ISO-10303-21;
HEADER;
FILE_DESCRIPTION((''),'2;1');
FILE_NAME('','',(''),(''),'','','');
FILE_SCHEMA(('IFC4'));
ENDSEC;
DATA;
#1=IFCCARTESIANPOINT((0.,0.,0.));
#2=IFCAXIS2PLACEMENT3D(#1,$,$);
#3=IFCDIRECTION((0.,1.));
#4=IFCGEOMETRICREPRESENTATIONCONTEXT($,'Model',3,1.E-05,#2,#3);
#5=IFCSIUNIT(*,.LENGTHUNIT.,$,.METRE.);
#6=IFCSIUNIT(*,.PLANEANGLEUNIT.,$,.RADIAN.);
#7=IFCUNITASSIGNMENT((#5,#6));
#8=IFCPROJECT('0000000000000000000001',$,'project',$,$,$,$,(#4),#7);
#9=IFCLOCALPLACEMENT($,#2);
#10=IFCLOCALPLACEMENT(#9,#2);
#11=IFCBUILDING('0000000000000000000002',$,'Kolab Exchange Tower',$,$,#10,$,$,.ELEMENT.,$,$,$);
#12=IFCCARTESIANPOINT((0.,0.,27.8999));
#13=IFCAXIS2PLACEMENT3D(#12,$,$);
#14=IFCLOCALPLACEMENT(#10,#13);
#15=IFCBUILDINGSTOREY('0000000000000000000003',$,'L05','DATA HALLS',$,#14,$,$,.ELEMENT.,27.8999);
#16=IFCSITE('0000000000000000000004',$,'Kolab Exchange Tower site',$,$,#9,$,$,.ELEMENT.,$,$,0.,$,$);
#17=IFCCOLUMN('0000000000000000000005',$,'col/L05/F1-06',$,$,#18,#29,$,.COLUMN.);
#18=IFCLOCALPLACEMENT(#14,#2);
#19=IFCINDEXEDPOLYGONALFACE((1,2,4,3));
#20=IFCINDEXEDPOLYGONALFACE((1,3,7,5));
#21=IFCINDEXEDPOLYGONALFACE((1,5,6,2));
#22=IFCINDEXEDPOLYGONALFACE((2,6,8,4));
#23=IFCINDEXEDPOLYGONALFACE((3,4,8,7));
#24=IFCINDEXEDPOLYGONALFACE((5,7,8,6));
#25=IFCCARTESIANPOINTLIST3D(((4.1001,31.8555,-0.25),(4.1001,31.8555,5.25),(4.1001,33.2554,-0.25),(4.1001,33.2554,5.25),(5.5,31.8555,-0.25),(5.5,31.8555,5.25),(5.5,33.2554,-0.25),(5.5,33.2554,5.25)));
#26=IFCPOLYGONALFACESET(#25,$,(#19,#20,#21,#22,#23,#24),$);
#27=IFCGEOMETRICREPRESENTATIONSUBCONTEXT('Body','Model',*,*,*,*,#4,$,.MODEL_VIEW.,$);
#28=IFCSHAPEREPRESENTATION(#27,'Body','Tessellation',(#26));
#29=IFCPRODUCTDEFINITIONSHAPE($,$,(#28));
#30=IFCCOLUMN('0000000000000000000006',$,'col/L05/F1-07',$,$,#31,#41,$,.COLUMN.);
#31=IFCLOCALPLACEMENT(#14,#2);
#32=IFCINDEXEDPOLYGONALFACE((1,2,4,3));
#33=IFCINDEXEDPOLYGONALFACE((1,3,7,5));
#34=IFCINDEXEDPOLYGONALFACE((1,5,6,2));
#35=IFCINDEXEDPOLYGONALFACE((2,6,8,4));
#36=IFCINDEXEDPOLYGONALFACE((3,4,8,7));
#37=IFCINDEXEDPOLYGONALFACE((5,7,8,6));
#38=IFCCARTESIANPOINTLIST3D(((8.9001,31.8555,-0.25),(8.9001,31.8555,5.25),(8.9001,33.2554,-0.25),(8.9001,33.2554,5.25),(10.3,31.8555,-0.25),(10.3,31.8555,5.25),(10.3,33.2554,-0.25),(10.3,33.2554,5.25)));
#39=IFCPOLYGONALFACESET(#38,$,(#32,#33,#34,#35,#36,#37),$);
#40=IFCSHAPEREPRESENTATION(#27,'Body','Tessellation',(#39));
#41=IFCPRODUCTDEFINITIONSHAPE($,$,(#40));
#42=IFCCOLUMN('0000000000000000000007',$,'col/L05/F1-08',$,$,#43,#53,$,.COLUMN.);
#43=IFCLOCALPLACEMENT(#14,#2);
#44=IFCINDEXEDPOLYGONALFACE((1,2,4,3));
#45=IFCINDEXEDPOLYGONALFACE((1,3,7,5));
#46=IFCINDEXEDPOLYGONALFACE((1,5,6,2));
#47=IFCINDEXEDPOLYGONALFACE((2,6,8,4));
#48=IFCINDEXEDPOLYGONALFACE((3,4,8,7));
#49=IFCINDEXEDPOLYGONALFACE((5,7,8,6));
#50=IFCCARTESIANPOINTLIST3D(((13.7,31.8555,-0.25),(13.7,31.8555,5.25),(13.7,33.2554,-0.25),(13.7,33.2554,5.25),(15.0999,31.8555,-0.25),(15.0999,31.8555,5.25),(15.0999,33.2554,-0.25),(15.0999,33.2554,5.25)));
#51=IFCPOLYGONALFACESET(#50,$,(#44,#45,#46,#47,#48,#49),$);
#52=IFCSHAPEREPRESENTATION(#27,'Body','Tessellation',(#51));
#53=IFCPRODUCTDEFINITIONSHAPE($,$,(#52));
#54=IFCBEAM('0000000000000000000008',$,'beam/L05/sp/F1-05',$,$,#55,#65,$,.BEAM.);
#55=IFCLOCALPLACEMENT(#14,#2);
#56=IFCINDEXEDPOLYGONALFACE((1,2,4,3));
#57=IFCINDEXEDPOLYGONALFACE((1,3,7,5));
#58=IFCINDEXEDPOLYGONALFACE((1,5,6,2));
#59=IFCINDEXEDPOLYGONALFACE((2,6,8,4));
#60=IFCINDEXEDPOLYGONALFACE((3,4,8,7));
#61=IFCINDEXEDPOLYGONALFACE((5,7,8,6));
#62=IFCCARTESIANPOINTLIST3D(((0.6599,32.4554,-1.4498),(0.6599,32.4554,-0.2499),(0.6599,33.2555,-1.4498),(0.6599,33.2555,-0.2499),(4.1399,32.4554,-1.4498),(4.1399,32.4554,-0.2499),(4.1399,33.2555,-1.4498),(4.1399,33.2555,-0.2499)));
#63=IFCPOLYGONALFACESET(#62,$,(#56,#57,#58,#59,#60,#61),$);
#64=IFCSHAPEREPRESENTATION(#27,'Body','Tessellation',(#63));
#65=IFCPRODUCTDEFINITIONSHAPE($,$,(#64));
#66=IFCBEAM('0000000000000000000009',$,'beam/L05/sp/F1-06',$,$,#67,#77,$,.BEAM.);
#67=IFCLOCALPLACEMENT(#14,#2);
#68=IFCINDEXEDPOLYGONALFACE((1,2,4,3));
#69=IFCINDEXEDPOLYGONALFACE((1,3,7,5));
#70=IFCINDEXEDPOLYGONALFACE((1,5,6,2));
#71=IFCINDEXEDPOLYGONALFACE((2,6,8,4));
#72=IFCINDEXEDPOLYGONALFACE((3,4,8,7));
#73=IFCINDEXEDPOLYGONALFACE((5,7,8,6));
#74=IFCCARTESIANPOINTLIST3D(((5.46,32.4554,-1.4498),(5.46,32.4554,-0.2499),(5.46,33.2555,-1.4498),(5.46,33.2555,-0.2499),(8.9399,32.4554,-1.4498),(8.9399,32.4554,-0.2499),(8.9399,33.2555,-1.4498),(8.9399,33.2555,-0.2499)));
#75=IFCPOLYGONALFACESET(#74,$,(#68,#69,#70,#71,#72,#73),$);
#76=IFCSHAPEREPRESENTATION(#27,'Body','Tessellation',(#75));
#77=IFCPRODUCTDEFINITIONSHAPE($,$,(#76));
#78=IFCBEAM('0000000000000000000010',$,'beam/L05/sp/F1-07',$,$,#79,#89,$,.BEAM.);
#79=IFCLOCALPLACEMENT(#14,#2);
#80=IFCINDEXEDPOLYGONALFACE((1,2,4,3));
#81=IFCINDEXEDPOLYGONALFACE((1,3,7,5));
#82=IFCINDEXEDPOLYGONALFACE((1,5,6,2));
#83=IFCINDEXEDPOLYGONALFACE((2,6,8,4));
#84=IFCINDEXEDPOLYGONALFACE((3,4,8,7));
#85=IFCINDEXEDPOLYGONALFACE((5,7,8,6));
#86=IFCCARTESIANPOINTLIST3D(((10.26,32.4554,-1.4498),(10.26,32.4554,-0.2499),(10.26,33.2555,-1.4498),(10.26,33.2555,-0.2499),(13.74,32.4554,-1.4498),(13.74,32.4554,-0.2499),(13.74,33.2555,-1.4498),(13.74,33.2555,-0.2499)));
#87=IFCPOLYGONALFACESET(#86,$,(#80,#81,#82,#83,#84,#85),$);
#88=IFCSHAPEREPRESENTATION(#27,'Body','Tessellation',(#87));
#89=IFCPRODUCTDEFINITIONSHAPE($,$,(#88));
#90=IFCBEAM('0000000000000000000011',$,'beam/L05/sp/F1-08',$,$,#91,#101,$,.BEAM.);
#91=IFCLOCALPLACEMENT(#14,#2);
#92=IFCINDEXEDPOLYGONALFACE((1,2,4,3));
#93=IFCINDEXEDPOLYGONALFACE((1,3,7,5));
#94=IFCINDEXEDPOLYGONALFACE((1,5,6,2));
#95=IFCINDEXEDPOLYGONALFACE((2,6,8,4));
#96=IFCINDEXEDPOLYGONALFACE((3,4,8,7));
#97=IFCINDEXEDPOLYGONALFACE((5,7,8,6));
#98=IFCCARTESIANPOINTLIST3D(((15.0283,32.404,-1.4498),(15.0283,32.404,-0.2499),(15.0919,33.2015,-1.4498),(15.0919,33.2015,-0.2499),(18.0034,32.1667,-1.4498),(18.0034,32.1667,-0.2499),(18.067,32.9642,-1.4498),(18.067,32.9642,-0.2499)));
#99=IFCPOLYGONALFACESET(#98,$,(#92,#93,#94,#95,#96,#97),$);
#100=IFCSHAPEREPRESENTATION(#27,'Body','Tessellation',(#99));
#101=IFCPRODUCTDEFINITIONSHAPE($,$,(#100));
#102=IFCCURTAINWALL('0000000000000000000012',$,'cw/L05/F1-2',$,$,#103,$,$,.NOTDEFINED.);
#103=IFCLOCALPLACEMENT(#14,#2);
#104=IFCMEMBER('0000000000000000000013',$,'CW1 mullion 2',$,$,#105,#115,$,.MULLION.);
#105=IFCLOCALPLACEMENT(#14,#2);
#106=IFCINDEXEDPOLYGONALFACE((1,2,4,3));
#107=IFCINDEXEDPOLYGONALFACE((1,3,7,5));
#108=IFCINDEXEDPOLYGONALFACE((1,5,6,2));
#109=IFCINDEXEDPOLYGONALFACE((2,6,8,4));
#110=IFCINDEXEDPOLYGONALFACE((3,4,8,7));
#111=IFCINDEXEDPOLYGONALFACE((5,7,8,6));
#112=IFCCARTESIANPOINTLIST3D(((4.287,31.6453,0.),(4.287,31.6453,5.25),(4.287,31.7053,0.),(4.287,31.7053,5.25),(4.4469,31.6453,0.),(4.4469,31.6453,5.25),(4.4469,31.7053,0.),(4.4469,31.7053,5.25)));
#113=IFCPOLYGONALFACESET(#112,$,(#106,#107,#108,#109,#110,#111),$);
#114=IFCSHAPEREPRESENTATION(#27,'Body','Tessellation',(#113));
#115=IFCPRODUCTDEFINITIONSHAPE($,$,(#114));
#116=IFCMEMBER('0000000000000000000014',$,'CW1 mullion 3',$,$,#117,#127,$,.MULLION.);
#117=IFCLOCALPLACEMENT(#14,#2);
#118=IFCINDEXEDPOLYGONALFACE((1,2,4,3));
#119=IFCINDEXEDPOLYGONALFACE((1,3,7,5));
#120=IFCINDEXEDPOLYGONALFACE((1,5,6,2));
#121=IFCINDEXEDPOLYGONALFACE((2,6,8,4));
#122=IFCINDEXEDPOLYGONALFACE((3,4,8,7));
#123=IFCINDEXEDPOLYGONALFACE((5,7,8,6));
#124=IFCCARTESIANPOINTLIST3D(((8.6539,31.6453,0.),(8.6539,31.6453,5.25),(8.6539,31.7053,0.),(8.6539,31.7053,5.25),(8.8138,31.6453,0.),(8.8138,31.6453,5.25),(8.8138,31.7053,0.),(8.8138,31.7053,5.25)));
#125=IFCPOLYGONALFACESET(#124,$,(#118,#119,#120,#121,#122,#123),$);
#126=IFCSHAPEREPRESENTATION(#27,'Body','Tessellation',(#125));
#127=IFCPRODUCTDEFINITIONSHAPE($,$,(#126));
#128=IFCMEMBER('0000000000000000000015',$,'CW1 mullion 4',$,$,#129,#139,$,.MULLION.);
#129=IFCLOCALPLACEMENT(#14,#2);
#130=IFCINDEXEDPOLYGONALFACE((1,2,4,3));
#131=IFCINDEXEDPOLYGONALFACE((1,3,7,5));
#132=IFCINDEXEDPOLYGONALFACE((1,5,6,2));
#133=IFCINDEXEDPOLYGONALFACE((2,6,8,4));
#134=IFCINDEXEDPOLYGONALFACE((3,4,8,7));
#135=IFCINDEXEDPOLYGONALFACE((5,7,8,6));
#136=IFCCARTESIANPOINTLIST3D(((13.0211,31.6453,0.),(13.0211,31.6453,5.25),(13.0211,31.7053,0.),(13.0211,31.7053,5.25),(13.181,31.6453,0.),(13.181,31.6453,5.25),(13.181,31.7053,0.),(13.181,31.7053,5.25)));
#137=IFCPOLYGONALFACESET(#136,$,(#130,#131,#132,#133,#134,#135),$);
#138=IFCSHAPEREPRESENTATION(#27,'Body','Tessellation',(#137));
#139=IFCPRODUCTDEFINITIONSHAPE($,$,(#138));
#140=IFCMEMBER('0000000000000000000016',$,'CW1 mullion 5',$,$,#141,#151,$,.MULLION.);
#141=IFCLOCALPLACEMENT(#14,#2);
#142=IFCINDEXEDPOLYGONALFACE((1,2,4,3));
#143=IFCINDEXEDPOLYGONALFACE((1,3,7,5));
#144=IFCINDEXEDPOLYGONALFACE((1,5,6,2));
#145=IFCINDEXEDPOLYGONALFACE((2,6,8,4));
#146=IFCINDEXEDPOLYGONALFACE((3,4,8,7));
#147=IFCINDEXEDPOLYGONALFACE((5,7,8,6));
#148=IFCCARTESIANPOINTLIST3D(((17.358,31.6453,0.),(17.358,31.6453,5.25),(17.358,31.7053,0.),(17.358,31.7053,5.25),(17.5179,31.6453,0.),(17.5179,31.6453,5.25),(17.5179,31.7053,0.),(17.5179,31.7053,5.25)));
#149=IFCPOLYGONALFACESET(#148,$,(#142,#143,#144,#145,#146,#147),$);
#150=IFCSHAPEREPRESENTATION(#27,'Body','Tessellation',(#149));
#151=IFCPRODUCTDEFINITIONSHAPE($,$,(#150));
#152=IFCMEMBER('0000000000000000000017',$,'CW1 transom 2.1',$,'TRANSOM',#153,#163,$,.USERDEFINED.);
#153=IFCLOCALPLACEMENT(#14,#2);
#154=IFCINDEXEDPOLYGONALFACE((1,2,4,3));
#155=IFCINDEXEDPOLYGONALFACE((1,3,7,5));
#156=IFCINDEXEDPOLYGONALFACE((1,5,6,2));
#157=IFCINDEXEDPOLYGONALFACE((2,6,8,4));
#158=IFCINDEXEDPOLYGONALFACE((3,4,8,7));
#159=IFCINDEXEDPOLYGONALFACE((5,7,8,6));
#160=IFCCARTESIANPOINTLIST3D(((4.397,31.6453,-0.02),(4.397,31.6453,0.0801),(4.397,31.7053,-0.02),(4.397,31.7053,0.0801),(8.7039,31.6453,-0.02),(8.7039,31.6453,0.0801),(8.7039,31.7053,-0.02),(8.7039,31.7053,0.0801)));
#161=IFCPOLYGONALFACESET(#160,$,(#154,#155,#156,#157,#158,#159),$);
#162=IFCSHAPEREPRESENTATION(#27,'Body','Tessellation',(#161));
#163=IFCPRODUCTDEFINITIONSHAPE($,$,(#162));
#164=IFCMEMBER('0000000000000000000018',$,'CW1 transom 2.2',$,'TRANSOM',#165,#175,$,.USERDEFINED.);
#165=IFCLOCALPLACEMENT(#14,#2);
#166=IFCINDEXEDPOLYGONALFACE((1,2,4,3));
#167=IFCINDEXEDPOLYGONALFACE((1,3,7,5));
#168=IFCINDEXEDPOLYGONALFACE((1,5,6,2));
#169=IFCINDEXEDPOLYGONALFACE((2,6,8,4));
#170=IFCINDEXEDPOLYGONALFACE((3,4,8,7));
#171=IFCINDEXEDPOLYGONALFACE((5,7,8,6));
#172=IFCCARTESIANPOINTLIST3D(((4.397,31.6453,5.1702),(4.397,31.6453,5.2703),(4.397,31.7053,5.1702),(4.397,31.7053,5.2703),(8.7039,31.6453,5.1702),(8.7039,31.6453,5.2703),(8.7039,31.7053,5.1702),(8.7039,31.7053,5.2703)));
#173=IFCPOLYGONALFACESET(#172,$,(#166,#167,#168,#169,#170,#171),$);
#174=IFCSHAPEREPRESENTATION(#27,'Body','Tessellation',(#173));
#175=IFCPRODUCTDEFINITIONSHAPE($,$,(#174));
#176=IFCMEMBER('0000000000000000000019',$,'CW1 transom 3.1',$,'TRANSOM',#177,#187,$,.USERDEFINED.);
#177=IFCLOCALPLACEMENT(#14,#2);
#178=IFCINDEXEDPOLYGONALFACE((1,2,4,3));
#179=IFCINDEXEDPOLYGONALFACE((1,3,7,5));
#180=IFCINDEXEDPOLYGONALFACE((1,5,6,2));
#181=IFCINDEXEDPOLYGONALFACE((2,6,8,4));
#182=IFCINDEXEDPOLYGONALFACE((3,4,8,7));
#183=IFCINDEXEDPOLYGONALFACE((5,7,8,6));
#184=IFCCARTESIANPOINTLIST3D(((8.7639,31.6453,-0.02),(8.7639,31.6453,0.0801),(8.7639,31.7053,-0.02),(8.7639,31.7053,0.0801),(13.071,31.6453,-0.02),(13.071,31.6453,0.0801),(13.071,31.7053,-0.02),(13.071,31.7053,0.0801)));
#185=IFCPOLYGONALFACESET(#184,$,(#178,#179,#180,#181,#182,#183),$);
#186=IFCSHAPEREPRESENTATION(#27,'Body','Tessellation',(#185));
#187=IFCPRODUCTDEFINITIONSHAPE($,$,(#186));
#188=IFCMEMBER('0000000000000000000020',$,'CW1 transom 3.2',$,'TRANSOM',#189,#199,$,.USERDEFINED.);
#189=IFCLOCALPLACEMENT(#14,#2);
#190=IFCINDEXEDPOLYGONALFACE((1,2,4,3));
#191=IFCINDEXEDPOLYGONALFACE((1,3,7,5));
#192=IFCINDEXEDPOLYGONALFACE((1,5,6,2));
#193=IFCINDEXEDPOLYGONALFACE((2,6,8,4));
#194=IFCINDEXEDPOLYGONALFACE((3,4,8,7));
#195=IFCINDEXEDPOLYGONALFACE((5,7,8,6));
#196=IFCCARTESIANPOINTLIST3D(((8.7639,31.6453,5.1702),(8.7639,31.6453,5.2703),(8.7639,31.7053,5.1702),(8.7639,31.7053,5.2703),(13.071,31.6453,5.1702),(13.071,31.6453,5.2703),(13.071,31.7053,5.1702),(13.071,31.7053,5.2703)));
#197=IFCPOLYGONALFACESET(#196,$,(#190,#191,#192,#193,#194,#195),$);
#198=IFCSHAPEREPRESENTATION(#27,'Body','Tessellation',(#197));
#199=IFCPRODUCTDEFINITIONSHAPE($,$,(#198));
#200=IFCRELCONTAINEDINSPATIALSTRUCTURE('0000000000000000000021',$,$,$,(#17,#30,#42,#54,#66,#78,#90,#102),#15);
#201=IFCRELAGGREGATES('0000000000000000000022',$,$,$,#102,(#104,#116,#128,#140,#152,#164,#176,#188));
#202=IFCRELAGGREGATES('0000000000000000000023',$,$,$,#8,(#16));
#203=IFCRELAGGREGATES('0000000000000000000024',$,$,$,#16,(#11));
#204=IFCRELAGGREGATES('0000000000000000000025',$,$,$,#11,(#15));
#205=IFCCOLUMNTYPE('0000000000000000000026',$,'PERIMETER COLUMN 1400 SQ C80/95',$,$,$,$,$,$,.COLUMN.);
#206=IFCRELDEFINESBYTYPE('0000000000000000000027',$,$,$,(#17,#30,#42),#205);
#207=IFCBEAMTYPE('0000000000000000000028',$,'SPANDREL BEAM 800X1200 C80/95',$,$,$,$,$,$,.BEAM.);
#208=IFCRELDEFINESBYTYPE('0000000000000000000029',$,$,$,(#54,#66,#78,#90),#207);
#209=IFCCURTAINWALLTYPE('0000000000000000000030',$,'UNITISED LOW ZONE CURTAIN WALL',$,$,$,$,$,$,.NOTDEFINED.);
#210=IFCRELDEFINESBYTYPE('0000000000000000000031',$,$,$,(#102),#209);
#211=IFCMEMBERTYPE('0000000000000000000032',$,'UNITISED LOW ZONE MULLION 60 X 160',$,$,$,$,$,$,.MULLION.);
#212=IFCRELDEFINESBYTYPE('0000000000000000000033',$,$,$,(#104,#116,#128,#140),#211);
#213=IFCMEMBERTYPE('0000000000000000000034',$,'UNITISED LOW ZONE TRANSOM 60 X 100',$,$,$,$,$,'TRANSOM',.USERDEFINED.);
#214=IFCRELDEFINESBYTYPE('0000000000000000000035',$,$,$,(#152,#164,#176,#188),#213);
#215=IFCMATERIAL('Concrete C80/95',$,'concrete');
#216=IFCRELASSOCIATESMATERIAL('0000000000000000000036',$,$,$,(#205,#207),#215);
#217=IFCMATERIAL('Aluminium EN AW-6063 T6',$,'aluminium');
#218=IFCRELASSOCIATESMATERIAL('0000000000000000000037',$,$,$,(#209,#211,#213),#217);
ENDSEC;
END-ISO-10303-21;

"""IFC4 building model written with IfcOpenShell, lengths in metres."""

from ifc_helpers import new_model, si_unit, direction, frame, origin, origin_2d, place, context, subcontext, project, spatial, rectangle, extrude, material, material_profile, profile_set, type_object, element, aggregate, save


model = new_model("IFC4")

# Units and contexts
model_context = context("Model", 3, precision=1e-05, world=origin(), true_north=direction((0.0, 1.0)))
body_context = subcontext(model_context, "Body", "Model", "MODEL_VIEW")
ifc_project = project(units=[si_unit("LENGTHUNIT", "METRE"), si_unit("PLANEANGLEUNIT", "RADIAN")], contexts=[model_context])

# Site, building, storey
site_placement = place(None, origin())
site = spatial("IfcSite", under=ifc_project, at=site_placement, Name="Kolab Exchange Tower site", CompositionType="ELEMENT", RefElevation=0.0)
building_placement = place(site_placement, origin())
building = spatial("IfcBuilding", under=site, at=building_placement, Name="Kolab Exchange Tower", CompositionType="ELEMENT")
storey_placement = place(building_placement, frame((0.0, 0.0, 27.8999)))
storey = spatial("IfcBuildingStorey", under=building, at=storey_placement, Name="L05", Description="DATA HALLS", CompositionType="ELEMENT", Elevation=27.8999)

# Columns
ifc_material_1 = material(Name="Concrete C80/95", Category="concrete")
ifc_material_profile_1 = material_profile(ifc_material_1, rectangle(XDim=1.3999, YDim=1.3999, at=origin_2d()), Name="RC1400")
ifc_profile_set_1 = profile_set([ifc_material_profile_1], Name="Concrete C80/95")
column_type = type_object("IfcColumnType", Name="PERIMETER COLUMN 1400 SQ C80/95", PredefinedType="COLUMN", material=ifc_profile_set_1)
for number, where, z_axis, x_axis, name in (
    (1, (4.8, 32.5554, -0.25), (0.0, 0.0, 1.0), (1.0, 0.0, 0.0), "col/L05/F1-06"),
    (2, (9.6001, 32.5554, -0.25), (0.0, 0.0, 1.0), (1.0, 0.0, 0.0), "col/L05/F1-07"),
    (3, (14.3999, 32.5554, -0.25), (0.0, 0.0, 1.0), (1.0, 0.0, 0.0), "col/L05/F1-08"),
):
    element("IfcColumn", number, at=place(storey_placement, frame(where, z_axis=z_axis, x_axis=x_axis)), inside=storey, type_object=column_type, Name=name, PredefinedType="COLUMN", context=body_context, shape_type="SweptSolid", body=[
        extrude(rectangle(XDim=1.3999, YDim=1.3999, at=origin_2d()), origin(), (0.0, 0.0, 1.0), 5.5),
    ])

# Beams
ifc_material_profile_2 = material_profile(ifc_material_1, rectangle(XDim=0.8, YDim=1.2, at=origin_2d()), Name="RC800X1200")
ifc_profile_set_2 = profile_set([ifc_material_profile_2], Name="Concrete C80/95")
beam_type = type_object("IfcBeamType", Name="SPANDREL BEAM 800X1200 C80/95", PredefinedType="BEAM", material=ifc_profile_set_2)
for number, where, z_axis, x_axis, name in (
    (4, (0.6599, 32.8555, -0.8499), (1.0, 0.0, 0.0), (0.0, 1.0, 0.0), "beam/L05/sp/F1-05"),
    (5, (5.46, 32.8555, -0.8499), (1.0, 0.0, 0.0), (0.0, 1.0, 0.0), "beam/L05/sp/F1-06"),
    (6, (10.26, 32.8555, -0.8499), (1.0, 0.0, 0.0), (0.0, 1.0, 0.0), "beam/L05/sp/F1-07"),
):
    element("IfcBeam", number, at=place(storey_placement, frame(where, z_axis=z_axis, x_axis=x_axis)), inside=storey, type_object=beam_type, Name=name, PredefinedType="BEAM", context=body_context, shape_type="SweptSolid", body=[
        extrude(rectangle(XDim=0.8, YDim=1.2, at=origin_2d()), origin(), (0.0, 0.0, 1.0), 3.48),
    ])
beam_placement = place(storey_placement, frame((15.0601, 32.8027, -0.8499), z_axis=(0.996834, -0.079511, 0.0), x_axis=(0.079511, 0.996834, 0.0)))
element("IfcBeam", 7, at=beam_placement, inside=storey, type_object=beam_type, Name="beam/L05/sp/F1-08", PredefinedType="BEAM", context=body_context, shape_type="SweptSolid", body=[
    extrude(rectangle(XDim=0.8, YDim=1.2, at=origin_2d()), origin(), (0.0, 0.0, 1.0), 2.9846),
])

# Curtain wall, members
ifc_material_2 = material(Name="Aluminium EN AW-6063 T6", Category="aluminium")
curtain_wall_type = type_object("IfcCurtainWallType", Name="UNITISED LOW ZONE CURTAIN WALL", PredefinedType="NOTDEFINED", material=ifc_material_2)
curtain_wall_placement = place(storey_placement, origin())
curtain_wall = element("IfcCurtainWall", 8, at=curtain_wall_placement, inside=storey, type_object=curtain_wall_type, Name="cw/L05/F1-2", PredefinedType="NOTDEFINED")
ifc_material_profile_3 = material_profile(ifc_material_2, rectangle(XDim=0.0601, YDim=0.1599, at=origin_2d()), Name="RECT 60X160")
ifc_profile_set_3 = profile_set([ifc_material_profile_3], Name="Aluminium EN AW-6063 T6")
member_type_1 = type_object("IfcMemberType", Name="UNITISED LOW ZONE MULLION 60 X 160", PredefinedType="MULLION", material=ifc_profile_set_3)
member_1_placement = place(storey_placement, frame((4.3669, 31.6753, 0.0), z_axis=(0.0, 0.0, 1.0), x_axis=(0.0, 1.0, 0.0)))
member_1 = element("IfcMember", 9, at=member_1_placement, type_object=member_type_1, Name="CW1 mullion 2", PredefinedType="MULLION", context=body_context, shape_type="SweptSolid", body=[
    extrude(rectangle(XDim=0.0601, YDim=0.1599, at=origin_2d()), origin(), (0.0, 0.0, 1.0), 5.25),
])
member_2_placement = place(storey_placement, frame((8.7339, 31.6753, 0.0), z_axis=(0.0, 0.0, 1.0), x_axis=(0.0, 1.0, 0.0)))
member_2 = element("IfcMember", 10, at=member_2_placement, type_object=member_type_1, Name="CW1 mullion 3", PredefinedType="MULLION", context=body_context, shape_type="SweptSolid", body=[
    extrude(rectangle(XDim=0.0601, YDim=0.1599, at=origin_2d()), origin(), (0.0, 0.0, 1.0), 5.25),
])
member_3_placement = place(storey_placement, frame((13.1011, 31.6753, 0.0), z_axis=(0.0, 0.0, 1.0), x_axis=(0.0, 1.0, 0.0)))
member_3 = element("IfcMember", 11, at=member_3_placement, type_object=member_type_1, Name="CW1 mullion 4", PredefinedType="MULLION", context=body_context, shape_type="SweptSolid", body=[
    extrude(rectangle(XDim=0.0601, YDim=0.1599, at=origin_2d()), origin(), (0.0, 0.0, 1.0), 5.25),
])
member_4_placement = place(storey_placement, frame((17.438, 31.6753, 0.0), z_axis=(0.0, 0.0, 1.0), x_axis=(0.0, 1.0, 0.0)))
member_4 = element("IfcMember", 12, at=member_4_placement, type_object=member_type_1, Name="CW1 mullion 5", PredefinedType="MULLION", context=body_context, shape_type="SweptSolid", body=[
    extrude(rectangle(XDim=0.0601, YDim=0.1599, at=origin_2d()), origin(), (0.0, 0.0, 1.0), 5.25),
])
ifc_material_profile_4 = material_profile(ifc_material_2, rectangle(XDim=0.0601, YDim=0.1001, at=origin_2d()), Name="RECT 60X100")
ifc_profile_set_4 = profile_set([ifc_material_profile_4], Name="Aluminium EN AW-6063 T6")
member_type_2 = type_object("IfcMemberType", Name="UNITISED LOW ZONE TRANSOM 60 X 100", ElementType="TRANSOM", PredefinedType="USERDEFINED", material=ifc_profile_set_4)
member_5_placement = place(storey_placement, frame((4.397, 31.6753, 0.03), z_axis=(1.0, 0.0, 0.0), x_axis=(0.0, 1.0, 0.0)))
member_5 = element("IfcMember", 13, at=member_5_placement, type_object=member_type_2, Name="CW1 transom 2.1", ObjectType="TRANSOM", PredefinedType="USERDEFINED", context=body_context, shape_type="SweptSolid", body=[
    extrude(rectangle(XDim=0.0601, YDim=0.1001, at=origin_2d()), origin(), (0.0, 0.0, 1.0), 4.3069),
])
member_6_placement = place(storey_placement, frame((4.397, 31.6753, 5.2202), z_axis=(1.0, 0.0, 0.0), x_axis=(0.0, 1.0, 0.0)))
member_6 = element("IfcMember", 14, at=member_6_placement, type_object=member_type_2, Name="CW1 transom 2.2", ObjectType="TRANSOM", PredefinedType="USERDEFINED", context=body_context, shape_type="SweptSolid", body=[
    extrude(rectangle(XDim=0.0601, YDim=0.1001, at=origin_2d()), origin(), (0.0, 0.0, 1.0), 4.3069),
])
member_7_placement = place(storey_placement, frame((8.7639, 31.6753, 0.03), z_axis=(1.0, 0.0, 0.0), x_axis=(0.0, 1.0, 0.0)))
member_7 = element("IfcMember", 15, at=member_7_placement, type_object=member_type_2, Name="CW1 transom 3.1", ObjectType="TRANSOM", PredefinedType="USERDEFINED", context=body_context, shape_type="SweptSolid", body=[
    extrude(rectangle(XDim=0.0601, YDim=0.1001, at=origin_2d()), origin(), (0.0, 0.0, 1.0), 4.3071),
])
member_8_placement = place(storey_placement, frame((8.7639, 31.6753, 5.2202), z_axis=(1.0, 0.0, 0.0), x_axis=(0.0, 1.0, 0.0)))
member_8 = element("IfcMember", 16, at=member_8_placement, type_object=member_type_2, Name="CW1 transom 3.2", ObjectType="TRANSOM", PredefinedType="USERDEFINED", context=body_context, shape_type="SweptSolid", body=[
    extrude(rectangle(XDim=0.0601, YDim=0.1001, at=origin_2d()), origin(), (0.0, 0.0, 1.0), 4.3071),
])
aggregate(curtain_wall, [member_1, member_2, member_3, member_4, member_5, member_6, member_7, member_8])

save(model, "model.ifc")
